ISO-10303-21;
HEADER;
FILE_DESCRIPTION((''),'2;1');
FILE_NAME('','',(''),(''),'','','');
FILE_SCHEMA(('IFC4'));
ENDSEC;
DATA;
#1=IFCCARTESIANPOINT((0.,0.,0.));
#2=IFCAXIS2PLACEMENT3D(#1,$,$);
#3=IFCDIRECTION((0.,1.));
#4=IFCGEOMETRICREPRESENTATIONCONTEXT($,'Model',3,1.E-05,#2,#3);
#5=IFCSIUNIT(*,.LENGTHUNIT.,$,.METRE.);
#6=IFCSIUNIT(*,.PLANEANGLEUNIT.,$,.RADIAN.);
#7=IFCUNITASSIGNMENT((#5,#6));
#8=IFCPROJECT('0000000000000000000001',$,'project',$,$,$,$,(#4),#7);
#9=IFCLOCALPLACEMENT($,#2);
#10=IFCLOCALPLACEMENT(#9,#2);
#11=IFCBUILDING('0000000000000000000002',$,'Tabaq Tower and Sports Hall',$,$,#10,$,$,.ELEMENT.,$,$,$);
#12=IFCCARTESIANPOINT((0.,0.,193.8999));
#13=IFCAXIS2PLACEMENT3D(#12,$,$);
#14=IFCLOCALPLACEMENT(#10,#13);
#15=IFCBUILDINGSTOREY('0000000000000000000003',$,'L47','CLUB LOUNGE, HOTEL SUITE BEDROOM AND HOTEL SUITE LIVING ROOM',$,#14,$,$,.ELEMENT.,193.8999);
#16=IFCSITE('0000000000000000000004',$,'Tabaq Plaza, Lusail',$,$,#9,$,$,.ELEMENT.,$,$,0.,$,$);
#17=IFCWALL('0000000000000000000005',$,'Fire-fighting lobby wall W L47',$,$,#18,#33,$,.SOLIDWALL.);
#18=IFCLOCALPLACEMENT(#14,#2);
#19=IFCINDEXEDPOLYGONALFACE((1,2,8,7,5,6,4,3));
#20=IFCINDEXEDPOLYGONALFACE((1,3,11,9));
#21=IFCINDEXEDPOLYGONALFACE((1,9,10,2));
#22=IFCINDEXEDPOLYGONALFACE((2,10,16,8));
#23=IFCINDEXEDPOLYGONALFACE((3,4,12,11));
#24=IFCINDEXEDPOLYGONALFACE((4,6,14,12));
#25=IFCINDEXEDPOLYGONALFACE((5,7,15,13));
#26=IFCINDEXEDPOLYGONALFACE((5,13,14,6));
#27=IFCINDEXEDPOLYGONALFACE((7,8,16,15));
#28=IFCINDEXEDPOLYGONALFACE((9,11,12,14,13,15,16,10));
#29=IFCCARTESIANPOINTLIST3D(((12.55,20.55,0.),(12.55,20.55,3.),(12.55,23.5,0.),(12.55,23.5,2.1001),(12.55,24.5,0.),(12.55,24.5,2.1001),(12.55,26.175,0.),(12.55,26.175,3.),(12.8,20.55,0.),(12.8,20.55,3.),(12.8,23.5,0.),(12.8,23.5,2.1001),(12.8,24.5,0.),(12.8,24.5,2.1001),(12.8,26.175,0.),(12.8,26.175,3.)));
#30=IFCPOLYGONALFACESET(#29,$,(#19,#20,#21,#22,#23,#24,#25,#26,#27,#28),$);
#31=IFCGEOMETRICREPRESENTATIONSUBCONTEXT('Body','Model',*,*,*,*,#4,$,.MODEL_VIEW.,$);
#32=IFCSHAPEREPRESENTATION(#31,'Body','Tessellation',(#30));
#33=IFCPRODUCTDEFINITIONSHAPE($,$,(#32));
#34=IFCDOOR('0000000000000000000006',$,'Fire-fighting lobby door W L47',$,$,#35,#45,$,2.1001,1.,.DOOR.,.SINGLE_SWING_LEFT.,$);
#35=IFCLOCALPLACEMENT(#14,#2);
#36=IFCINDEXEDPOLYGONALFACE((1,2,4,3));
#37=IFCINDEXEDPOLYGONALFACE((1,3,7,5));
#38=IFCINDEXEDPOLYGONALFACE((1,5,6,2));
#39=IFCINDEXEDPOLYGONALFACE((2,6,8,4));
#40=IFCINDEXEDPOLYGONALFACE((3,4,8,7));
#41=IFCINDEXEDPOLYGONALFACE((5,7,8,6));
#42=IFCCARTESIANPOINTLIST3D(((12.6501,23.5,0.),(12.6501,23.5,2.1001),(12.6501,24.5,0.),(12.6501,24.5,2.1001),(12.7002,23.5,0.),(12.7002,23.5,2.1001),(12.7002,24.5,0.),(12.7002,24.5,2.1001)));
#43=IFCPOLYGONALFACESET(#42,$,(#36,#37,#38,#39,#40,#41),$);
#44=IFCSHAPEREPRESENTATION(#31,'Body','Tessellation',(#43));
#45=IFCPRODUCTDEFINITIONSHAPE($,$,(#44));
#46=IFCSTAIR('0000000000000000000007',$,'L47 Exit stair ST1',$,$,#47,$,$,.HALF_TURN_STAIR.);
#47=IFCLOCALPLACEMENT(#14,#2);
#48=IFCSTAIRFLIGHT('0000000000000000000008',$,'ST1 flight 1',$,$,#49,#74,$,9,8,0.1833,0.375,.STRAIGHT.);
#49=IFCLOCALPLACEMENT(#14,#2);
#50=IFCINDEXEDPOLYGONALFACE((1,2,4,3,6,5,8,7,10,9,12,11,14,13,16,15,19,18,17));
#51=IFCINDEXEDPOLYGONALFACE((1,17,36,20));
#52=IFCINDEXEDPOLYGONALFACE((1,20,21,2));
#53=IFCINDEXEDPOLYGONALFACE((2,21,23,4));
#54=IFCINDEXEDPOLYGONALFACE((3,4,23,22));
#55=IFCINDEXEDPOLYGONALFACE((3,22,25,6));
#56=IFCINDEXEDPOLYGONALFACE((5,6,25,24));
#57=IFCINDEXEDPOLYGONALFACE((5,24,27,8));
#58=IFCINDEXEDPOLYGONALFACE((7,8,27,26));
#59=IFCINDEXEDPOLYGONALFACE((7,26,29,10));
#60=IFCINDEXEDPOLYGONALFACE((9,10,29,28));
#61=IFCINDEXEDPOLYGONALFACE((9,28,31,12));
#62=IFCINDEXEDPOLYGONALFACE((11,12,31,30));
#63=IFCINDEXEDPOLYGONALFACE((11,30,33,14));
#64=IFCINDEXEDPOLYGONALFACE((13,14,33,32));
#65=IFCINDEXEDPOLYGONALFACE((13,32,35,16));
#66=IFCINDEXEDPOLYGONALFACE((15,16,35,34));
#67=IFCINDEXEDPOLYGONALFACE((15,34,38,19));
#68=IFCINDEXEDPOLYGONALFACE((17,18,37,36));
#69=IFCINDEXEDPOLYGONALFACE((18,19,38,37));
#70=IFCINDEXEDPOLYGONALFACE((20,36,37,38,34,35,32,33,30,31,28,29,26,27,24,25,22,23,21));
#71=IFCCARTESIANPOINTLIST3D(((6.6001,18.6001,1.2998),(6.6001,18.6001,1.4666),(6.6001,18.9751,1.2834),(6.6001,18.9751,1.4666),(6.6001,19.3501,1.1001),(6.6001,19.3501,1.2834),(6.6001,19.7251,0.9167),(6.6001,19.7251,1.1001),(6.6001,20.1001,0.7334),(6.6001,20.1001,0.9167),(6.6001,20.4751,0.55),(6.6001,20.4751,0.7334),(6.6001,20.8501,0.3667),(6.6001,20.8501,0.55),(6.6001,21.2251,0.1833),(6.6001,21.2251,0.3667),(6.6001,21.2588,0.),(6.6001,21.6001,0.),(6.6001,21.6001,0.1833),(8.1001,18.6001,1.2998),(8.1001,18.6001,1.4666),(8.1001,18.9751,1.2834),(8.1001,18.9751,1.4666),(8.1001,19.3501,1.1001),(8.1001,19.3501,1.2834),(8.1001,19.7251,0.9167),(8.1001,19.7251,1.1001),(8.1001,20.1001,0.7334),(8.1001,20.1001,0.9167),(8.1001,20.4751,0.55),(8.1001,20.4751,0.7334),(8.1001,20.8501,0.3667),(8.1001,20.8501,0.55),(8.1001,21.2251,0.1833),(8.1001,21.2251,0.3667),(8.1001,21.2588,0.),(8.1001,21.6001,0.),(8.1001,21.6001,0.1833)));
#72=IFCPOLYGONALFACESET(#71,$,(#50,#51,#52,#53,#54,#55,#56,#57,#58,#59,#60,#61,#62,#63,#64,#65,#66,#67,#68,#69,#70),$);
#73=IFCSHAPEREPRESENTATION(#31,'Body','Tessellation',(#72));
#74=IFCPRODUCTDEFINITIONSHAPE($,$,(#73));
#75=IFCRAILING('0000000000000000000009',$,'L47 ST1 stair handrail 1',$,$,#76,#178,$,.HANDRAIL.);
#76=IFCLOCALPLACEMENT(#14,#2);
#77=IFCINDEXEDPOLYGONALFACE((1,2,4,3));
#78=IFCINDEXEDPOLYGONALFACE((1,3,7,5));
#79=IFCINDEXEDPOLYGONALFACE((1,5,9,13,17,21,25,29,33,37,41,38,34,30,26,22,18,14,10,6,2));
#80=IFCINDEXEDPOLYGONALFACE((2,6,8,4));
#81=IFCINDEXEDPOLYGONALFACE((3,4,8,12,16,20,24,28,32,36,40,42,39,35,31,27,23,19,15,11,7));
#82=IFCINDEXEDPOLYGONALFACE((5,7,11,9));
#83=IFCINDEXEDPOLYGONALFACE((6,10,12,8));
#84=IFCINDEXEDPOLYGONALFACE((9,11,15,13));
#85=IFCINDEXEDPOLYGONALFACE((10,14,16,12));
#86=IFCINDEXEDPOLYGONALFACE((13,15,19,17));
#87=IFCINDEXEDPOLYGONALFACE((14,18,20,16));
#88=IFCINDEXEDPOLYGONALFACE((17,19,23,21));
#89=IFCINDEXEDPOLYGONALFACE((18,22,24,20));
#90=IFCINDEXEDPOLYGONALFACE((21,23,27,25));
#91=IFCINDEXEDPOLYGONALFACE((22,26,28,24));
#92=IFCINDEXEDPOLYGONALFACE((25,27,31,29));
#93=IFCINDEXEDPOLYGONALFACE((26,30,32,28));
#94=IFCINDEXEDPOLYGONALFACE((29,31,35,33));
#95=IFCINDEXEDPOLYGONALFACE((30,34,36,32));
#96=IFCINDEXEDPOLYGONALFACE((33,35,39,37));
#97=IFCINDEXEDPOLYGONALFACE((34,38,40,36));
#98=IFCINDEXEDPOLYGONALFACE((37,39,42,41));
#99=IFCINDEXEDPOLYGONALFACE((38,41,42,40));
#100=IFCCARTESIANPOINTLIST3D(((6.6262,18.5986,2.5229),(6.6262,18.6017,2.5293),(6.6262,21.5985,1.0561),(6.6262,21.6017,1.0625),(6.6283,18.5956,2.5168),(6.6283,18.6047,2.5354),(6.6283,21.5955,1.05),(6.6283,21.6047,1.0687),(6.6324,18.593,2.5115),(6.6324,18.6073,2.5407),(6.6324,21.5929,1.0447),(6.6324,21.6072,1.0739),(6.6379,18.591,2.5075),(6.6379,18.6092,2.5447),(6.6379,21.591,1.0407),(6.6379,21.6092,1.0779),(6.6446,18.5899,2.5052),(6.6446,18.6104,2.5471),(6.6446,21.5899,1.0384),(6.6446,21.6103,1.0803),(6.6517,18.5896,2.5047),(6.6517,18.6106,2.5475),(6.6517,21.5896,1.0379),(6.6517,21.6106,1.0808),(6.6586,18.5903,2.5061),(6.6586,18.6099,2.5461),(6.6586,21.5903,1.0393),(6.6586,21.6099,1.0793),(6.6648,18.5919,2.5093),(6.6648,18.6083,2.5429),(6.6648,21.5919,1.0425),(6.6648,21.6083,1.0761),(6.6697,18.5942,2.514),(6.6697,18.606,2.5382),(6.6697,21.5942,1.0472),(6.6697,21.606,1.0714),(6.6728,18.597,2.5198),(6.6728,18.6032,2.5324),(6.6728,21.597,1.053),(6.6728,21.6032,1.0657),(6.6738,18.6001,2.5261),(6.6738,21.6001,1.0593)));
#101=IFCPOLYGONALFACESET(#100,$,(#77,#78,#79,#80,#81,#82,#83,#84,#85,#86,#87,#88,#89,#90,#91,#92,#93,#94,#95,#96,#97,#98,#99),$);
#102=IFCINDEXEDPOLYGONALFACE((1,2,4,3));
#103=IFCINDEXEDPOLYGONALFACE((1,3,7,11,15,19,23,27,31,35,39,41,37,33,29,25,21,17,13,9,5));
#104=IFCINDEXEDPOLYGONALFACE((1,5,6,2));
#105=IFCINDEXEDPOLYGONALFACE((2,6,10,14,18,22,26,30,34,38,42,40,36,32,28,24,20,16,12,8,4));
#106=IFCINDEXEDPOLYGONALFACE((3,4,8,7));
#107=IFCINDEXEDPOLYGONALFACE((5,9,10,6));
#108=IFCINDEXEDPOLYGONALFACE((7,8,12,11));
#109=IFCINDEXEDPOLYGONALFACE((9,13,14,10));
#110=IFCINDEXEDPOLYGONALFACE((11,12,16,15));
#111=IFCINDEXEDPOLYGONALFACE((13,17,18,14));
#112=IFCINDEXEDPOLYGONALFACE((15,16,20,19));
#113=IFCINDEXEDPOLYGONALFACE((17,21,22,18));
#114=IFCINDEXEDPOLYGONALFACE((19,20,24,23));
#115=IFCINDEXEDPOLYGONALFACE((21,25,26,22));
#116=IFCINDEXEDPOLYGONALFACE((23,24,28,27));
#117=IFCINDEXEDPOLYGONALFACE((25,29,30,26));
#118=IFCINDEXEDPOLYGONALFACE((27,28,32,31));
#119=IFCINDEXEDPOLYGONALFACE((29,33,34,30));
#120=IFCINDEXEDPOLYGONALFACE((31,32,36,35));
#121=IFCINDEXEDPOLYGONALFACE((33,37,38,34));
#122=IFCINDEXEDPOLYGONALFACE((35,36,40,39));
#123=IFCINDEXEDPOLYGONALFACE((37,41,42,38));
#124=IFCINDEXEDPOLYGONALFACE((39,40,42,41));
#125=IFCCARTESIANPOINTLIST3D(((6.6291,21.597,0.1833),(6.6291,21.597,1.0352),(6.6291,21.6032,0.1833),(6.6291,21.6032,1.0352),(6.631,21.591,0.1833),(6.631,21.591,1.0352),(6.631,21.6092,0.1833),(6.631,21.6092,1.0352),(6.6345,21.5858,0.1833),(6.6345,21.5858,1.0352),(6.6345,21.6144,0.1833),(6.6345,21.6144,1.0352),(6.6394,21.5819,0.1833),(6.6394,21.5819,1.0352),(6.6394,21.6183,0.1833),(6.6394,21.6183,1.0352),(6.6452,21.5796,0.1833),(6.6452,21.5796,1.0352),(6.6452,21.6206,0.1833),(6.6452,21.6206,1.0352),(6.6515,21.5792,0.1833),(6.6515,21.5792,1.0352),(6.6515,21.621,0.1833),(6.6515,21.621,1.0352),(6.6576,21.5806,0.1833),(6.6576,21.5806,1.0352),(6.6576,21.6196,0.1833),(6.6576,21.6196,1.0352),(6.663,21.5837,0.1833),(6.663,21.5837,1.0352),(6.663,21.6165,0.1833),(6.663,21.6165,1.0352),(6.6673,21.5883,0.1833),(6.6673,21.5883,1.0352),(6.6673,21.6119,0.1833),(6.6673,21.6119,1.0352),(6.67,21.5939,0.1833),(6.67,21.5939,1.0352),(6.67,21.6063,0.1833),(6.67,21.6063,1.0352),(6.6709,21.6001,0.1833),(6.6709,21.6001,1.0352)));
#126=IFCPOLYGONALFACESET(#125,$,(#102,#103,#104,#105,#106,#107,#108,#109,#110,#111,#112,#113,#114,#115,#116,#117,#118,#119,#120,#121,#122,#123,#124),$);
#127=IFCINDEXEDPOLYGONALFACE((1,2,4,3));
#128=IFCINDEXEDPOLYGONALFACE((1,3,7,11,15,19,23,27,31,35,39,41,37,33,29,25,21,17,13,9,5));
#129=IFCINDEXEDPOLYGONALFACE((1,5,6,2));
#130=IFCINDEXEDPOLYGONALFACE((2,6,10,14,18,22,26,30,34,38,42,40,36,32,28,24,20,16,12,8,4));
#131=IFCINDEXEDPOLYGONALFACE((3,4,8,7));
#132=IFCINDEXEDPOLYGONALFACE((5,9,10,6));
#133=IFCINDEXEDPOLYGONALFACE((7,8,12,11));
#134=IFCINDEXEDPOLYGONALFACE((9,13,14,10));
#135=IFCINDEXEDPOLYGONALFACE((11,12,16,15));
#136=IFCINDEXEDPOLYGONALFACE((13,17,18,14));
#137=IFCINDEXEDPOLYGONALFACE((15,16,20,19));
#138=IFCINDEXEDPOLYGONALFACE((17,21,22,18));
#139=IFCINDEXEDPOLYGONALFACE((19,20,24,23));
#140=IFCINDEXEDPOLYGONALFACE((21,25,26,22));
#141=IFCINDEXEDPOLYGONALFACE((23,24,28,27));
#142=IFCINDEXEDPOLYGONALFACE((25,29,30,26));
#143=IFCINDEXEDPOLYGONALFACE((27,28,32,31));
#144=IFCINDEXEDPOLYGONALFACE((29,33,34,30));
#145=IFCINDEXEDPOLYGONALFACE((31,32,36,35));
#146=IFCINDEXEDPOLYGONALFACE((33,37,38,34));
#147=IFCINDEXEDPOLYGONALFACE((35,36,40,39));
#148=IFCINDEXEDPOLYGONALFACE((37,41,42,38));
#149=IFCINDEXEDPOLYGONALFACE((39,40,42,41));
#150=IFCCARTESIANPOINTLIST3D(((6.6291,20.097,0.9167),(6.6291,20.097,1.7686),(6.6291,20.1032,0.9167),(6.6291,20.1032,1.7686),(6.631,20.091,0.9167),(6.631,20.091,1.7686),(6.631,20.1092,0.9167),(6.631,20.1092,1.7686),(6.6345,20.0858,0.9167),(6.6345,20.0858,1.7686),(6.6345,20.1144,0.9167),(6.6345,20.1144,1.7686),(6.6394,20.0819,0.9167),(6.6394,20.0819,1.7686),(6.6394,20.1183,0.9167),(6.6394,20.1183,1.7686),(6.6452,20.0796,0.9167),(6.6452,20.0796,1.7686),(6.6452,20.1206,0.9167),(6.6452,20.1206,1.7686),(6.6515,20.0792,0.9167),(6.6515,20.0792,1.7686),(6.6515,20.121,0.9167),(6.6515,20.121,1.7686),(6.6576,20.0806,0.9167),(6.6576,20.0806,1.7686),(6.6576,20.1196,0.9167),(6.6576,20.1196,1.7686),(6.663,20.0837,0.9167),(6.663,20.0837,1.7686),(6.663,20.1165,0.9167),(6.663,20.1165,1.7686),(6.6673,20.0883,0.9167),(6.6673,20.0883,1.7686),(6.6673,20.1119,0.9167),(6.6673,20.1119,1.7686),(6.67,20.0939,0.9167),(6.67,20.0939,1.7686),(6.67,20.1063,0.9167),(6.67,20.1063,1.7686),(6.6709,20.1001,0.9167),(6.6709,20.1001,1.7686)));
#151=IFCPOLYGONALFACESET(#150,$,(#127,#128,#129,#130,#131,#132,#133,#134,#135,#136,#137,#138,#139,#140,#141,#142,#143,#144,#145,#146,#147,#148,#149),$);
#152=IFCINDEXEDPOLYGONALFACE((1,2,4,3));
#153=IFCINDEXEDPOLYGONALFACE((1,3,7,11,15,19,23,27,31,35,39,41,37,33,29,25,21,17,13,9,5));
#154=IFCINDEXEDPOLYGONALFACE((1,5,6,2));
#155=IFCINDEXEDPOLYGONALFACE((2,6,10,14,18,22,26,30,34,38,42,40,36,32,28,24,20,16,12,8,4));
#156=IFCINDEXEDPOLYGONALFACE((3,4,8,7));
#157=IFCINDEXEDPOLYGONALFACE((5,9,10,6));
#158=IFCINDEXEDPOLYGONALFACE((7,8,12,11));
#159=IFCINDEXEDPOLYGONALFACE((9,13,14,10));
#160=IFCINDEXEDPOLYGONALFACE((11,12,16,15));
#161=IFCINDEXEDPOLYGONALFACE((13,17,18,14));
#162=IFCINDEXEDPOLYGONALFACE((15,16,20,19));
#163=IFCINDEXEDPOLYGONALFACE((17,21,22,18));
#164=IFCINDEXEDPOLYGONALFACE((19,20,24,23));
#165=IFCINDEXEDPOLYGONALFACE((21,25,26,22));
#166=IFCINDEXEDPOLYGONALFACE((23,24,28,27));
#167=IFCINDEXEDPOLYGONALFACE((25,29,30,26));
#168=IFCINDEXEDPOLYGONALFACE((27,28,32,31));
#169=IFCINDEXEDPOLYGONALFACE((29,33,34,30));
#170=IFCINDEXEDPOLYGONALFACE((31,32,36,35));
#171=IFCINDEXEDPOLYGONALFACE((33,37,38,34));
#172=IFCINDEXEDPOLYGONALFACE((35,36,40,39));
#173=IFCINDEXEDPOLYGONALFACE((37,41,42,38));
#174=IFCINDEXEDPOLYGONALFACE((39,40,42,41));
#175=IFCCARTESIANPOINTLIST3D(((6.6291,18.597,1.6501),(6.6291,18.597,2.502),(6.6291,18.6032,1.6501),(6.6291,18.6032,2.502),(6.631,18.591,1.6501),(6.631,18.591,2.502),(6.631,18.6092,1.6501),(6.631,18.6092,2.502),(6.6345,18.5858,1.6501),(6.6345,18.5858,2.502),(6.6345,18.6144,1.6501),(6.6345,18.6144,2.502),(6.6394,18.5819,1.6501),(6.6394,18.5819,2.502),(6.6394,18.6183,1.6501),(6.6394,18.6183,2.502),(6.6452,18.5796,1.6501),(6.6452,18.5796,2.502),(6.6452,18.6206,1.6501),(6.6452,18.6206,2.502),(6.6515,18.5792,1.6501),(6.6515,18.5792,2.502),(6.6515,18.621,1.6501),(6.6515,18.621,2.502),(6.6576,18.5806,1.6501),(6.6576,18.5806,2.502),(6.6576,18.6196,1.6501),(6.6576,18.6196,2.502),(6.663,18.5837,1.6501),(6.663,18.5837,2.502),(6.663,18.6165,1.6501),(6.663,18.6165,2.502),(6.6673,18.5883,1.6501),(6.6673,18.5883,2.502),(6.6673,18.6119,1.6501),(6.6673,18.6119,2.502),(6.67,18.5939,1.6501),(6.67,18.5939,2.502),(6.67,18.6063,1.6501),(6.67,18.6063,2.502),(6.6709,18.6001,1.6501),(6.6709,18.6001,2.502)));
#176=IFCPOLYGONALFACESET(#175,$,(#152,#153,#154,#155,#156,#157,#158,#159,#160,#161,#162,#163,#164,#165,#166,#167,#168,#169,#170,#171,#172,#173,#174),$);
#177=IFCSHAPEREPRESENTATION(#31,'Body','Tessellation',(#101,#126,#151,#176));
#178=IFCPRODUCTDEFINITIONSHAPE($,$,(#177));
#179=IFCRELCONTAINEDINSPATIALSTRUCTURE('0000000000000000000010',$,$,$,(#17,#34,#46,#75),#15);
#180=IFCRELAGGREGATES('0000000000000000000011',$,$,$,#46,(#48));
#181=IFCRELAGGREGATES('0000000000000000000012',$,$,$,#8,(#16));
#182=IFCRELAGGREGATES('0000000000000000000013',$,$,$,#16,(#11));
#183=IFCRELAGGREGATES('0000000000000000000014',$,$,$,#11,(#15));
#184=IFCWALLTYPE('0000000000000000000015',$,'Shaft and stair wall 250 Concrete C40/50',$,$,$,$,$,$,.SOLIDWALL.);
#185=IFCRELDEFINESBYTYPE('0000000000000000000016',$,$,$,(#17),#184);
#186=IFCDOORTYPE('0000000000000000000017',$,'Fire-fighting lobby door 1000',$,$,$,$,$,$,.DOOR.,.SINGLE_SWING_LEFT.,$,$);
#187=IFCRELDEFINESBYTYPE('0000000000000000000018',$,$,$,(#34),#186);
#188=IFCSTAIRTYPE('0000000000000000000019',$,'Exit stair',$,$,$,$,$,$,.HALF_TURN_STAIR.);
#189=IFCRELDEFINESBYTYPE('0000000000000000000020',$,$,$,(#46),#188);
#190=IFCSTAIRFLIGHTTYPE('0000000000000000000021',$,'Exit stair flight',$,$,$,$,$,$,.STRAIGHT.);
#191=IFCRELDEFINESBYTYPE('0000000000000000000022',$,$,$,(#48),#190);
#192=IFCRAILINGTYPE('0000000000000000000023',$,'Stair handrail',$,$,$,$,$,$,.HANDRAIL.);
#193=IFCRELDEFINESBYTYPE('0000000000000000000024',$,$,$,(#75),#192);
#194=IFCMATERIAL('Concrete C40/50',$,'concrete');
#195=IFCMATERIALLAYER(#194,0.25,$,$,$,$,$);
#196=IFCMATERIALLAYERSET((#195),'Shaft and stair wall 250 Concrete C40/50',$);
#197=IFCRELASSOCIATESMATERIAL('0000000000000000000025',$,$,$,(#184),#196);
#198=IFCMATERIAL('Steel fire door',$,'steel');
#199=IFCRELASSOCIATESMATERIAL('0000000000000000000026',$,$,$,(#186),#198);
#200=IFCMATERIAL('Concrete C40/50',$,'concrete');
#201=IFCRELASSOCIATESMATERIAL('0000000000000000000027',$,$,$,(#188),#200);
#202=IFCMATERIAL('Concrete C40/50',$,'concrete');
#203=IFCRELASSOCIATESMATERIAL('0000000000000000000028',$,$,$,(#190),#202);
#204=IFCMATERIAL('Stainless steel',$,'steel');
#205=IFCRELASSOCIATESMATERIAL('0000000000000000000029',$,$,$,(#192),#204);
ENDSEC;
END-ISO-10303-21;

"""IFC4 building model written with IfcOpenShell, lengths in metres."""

from ifc_helpers import new_model, si_unit, direction, frame, frame_2d, origin, origin_2d, place, context, subcontext, project, spatial, polyline, rectangle, circle, outline, extrude, material, layer, layer_set, type_object, element, fill, aggregate, save


model = new_model("IFC4")

# Units and contexts
model_context = context("Model", 3, precision=1e-05, world=origin(), true_north=direction((0.0, 1.0)))
body_context = subcontext(model_context, "Body", "Model", "MODEL_VIEW")
ifc_project = project(units=[si_unit("LENGTHUNIT", "METRE"), si_unit("PLANEANGLEUNIT", "RADIAN")], contexts=[model_context])

# Site, building, storey
site_placement = place(None, origin())
site = spatial("IfcSite", under=ifc_project, at=site_placement, Name="Tabaq Plaza, Lusail", CompositionType="ELEMENT", RefElevation=0.0)
building_placement = place(site_placement, origin())
building = spatial("IfcBuilding", under=site, at=building_placement, Name="Tabaq Tower and Sports Hall", CompositionType="ELEMENT")
storey_placement = place(building_placement, frame((0.0, 0.0, 193.8999)))
storey = spatial("IfcBuildingStorey", under=building, at=storey_placement, Name="L47", Description="CLUB LOUNGE, HOTEL SUITE BEDROOM AND HOTEL SUITE LIVING ROOM", CompositionType="ELEMENT", Elevation=193.8999)

# Shared definitions
ifc_material_1 = material(Name="Concrete C40/50", Category="concrete")
ifc_layer_1 = layer(ifc_material_1, 0.25)
ifc_layer_set_1 = layer_set([ifc_layer_1], Name="Shaft and stair wall 250 Concrete C40/50")
wall_type_1 = type_object("IfcWallType", Name="Shaft and stair wall 250 Concrete C40/50", PredefinedType="SOLIDWALL", material=ifc_layer_set_1)

# Shared definitions
ifc_material_2 = material(Name="Steel fire door", Category="steel")
door_type_1 = type_object("IfcDoorType", Name="Fire-fighting lobby door 1000", OperationType="SINGLE_SWING_LEFT", PredefinedType="DOOR", material=ifc_material_2)

# Wall, opening, door
wall_1_placement = place(storey_placement, frame((12.675, 20.55, 0.0), z_axis=(0.0, 0.0, 1.0), x_axis=(0.0, 1.0, 0.0)))
wall_1 = element("IfcWall", 1, at=wall_1_placement, inside=storey, type_object=wall_type_1, Name="Fire-fighting lobby wall W L47", PredefinedType="SOLIDWALL", context=body_context, shape_type="SweptSolid", body=[
    extrude(rectangle(XDim=5.625, YDim=0.25, at=frame_2d((2.8125, 0.0))), origin(), (0.0, 0.0, 1.0), 3.0),
])
opening_1_placement = place(wall_1_placement, frame((2.95, 0.0, 0.0)))
opening_1 = element("IfcOpeningElement", 2, at=opening_1_placement, cuts=wall_1, PredefinedType="OPENING", context=body_context, shape_type="SweptSolid", body=[
    extrude(rectangle(XDim=1.0, YDim=2.1001, at=frame_2d((0.5, 1.05))), frame((0.0, 0.125, 0.0), z_axis=(0.0, -1.0, 0.0), x_axis=(1.0, 0.0, 0.0)), (0.0, 0.0, 1.0), 0.25),
])
door_1_placement = place(opening_1_placement, origin())
door_1 = element("IfcDoor", 3, at=door_1_placement, inside=storey, type_object=door_type_1, Name="Fire-fighting lobby door W L47", OperationType="SINGLE_SWING_LEFT", OverallHeight=2.1001, OverallWidth=1.0, PredefinedType="DOOR", context=body_context, shape_type="SweptSolid", body=[
    extrude(rectangle(XDim=1.0, YDim=2.1001, at=frame_2d((0.5, 1.05))), frame((0.0, 0.0249, 0.0), z_axis=(0.0, -1.0, 0.0), x_axis=(1.0, 0.0, 0.0)), (0.0, 0.0, 1.0), 0.05),
])
fill(opening_1, door_1)

# Stair, stair flight
ifc_material_3 = material(Name="Concrete C40/50", Category="concrete")
stair_type = type_object("IfcStairType", Name="Exit stair", PredefinedType="HALF_TURN_STAIR", material=ifc_material_3)
stair_placement = place(storey_placement, origin())
stair = element("IfcStair", 4, at=stair_placement, inside=storey, type_object=stair_type, Name="L47 Exit stair ST1", PredefinedType="HALF_TURN_STAIR")
ifc_material_4 = material(Name="Concrete C40/50", Category="concrete")
stair_flight_type = type_object("IfcStairFlightType", Name="Exit stair flight", PredefinedType="STRAIGHT", material=ifc_material_4)
stair_flight_placement = place(storey_placement, frame((7.3501, 21.6001, 0.0), z_axis=(0.0, 0.0, 1.0), x_axis=(0.0, -1.0, 0.0)))
stair_flight = element("IfcStairFlight", 5, at=stair_flight_placement, type_object=stair_flight_type, Name="ST1 flight 1", NumberOfRisers=9, NumberOfTreads=8, PredefinedType="STRAIGHT", RiserHeight=0.1833, TreadLength=0.375, context=body_context, shape_type="SweptSolid", body=[
    extrude(outline(polyline([(0.0, 0.0), (0.0, 0.1833), (0.375, 0.1833), (0.375, 0.3667), (0.75, 0.3667), (0.75, 0.55), (1.125, 0.55), (1.125, 0.7334), (1.5, 0.7334), (1.5, 0.9167), (1.875, 0.9167), (1.875, 1.1001), (2.25, 1.1001), (2.25, 1.2834), (2.625, 1.2834), (2.625, 1.4666), (3.0, 1.4666), (3.0, 1.6499), (3.0, 1.2998), (0.3413, 0.0), (0.0, 0.0)])), frame((0.0, 0.75, 0.0), z_axis=(0.0, -1.0, 0.0), x_axis=(1.0, 0.0, 0.0)), (0.0, 0.0, 1.0), 1.5),
])
aggregate(stair, [stair_flight])

# Railing
ifc_material_5 = material(Name="Stainless steel", Category="steel")
railing_type_1 = type_object("IfcRailingType", Name="Stair handrail", PredefinedType="HANDRAIL", material=ifc_material_5)
railing_1_placement = place(storey_placement, frame((6.6499, 21.6001, 0.1833)))
element("IfcRailing", 6, at=railing_1_placement, inside=storey, type_object=railing_type_1, Name="L47 ST1 stair handrail 1", PredefinedType="HANDRAIL", context=body_context, shape_type="SweptSolid", body=[
    extrude(circle(Radius=0.0239, at=origin_2d()), frame((0.0, 0.0, 0.876), z_axis=(0.0, -0.898369, 0.439242), x_axis=(1.0, 0.0, 0.0)), (0.0, 0.0, 1.0), 3.3394),
    extrude(circle(Radius=0.021, at=origin_2d()), origin(), (0.0, 0.0, 1.0), 0.8518),
    extrude(circle(Radius=0.021, at=origin_2d()), frame((0.0, -1.5, 0.7334)), (0.0, 0.0, 1.0), 0.8518),
    extrude(circle(Radius=0.021, at=origin_2d()), frame((0.0, -3.0, 1.4668)), (0.0, 0.0, 1.0), 0.8518),
])

save(model, "model.ifc")
